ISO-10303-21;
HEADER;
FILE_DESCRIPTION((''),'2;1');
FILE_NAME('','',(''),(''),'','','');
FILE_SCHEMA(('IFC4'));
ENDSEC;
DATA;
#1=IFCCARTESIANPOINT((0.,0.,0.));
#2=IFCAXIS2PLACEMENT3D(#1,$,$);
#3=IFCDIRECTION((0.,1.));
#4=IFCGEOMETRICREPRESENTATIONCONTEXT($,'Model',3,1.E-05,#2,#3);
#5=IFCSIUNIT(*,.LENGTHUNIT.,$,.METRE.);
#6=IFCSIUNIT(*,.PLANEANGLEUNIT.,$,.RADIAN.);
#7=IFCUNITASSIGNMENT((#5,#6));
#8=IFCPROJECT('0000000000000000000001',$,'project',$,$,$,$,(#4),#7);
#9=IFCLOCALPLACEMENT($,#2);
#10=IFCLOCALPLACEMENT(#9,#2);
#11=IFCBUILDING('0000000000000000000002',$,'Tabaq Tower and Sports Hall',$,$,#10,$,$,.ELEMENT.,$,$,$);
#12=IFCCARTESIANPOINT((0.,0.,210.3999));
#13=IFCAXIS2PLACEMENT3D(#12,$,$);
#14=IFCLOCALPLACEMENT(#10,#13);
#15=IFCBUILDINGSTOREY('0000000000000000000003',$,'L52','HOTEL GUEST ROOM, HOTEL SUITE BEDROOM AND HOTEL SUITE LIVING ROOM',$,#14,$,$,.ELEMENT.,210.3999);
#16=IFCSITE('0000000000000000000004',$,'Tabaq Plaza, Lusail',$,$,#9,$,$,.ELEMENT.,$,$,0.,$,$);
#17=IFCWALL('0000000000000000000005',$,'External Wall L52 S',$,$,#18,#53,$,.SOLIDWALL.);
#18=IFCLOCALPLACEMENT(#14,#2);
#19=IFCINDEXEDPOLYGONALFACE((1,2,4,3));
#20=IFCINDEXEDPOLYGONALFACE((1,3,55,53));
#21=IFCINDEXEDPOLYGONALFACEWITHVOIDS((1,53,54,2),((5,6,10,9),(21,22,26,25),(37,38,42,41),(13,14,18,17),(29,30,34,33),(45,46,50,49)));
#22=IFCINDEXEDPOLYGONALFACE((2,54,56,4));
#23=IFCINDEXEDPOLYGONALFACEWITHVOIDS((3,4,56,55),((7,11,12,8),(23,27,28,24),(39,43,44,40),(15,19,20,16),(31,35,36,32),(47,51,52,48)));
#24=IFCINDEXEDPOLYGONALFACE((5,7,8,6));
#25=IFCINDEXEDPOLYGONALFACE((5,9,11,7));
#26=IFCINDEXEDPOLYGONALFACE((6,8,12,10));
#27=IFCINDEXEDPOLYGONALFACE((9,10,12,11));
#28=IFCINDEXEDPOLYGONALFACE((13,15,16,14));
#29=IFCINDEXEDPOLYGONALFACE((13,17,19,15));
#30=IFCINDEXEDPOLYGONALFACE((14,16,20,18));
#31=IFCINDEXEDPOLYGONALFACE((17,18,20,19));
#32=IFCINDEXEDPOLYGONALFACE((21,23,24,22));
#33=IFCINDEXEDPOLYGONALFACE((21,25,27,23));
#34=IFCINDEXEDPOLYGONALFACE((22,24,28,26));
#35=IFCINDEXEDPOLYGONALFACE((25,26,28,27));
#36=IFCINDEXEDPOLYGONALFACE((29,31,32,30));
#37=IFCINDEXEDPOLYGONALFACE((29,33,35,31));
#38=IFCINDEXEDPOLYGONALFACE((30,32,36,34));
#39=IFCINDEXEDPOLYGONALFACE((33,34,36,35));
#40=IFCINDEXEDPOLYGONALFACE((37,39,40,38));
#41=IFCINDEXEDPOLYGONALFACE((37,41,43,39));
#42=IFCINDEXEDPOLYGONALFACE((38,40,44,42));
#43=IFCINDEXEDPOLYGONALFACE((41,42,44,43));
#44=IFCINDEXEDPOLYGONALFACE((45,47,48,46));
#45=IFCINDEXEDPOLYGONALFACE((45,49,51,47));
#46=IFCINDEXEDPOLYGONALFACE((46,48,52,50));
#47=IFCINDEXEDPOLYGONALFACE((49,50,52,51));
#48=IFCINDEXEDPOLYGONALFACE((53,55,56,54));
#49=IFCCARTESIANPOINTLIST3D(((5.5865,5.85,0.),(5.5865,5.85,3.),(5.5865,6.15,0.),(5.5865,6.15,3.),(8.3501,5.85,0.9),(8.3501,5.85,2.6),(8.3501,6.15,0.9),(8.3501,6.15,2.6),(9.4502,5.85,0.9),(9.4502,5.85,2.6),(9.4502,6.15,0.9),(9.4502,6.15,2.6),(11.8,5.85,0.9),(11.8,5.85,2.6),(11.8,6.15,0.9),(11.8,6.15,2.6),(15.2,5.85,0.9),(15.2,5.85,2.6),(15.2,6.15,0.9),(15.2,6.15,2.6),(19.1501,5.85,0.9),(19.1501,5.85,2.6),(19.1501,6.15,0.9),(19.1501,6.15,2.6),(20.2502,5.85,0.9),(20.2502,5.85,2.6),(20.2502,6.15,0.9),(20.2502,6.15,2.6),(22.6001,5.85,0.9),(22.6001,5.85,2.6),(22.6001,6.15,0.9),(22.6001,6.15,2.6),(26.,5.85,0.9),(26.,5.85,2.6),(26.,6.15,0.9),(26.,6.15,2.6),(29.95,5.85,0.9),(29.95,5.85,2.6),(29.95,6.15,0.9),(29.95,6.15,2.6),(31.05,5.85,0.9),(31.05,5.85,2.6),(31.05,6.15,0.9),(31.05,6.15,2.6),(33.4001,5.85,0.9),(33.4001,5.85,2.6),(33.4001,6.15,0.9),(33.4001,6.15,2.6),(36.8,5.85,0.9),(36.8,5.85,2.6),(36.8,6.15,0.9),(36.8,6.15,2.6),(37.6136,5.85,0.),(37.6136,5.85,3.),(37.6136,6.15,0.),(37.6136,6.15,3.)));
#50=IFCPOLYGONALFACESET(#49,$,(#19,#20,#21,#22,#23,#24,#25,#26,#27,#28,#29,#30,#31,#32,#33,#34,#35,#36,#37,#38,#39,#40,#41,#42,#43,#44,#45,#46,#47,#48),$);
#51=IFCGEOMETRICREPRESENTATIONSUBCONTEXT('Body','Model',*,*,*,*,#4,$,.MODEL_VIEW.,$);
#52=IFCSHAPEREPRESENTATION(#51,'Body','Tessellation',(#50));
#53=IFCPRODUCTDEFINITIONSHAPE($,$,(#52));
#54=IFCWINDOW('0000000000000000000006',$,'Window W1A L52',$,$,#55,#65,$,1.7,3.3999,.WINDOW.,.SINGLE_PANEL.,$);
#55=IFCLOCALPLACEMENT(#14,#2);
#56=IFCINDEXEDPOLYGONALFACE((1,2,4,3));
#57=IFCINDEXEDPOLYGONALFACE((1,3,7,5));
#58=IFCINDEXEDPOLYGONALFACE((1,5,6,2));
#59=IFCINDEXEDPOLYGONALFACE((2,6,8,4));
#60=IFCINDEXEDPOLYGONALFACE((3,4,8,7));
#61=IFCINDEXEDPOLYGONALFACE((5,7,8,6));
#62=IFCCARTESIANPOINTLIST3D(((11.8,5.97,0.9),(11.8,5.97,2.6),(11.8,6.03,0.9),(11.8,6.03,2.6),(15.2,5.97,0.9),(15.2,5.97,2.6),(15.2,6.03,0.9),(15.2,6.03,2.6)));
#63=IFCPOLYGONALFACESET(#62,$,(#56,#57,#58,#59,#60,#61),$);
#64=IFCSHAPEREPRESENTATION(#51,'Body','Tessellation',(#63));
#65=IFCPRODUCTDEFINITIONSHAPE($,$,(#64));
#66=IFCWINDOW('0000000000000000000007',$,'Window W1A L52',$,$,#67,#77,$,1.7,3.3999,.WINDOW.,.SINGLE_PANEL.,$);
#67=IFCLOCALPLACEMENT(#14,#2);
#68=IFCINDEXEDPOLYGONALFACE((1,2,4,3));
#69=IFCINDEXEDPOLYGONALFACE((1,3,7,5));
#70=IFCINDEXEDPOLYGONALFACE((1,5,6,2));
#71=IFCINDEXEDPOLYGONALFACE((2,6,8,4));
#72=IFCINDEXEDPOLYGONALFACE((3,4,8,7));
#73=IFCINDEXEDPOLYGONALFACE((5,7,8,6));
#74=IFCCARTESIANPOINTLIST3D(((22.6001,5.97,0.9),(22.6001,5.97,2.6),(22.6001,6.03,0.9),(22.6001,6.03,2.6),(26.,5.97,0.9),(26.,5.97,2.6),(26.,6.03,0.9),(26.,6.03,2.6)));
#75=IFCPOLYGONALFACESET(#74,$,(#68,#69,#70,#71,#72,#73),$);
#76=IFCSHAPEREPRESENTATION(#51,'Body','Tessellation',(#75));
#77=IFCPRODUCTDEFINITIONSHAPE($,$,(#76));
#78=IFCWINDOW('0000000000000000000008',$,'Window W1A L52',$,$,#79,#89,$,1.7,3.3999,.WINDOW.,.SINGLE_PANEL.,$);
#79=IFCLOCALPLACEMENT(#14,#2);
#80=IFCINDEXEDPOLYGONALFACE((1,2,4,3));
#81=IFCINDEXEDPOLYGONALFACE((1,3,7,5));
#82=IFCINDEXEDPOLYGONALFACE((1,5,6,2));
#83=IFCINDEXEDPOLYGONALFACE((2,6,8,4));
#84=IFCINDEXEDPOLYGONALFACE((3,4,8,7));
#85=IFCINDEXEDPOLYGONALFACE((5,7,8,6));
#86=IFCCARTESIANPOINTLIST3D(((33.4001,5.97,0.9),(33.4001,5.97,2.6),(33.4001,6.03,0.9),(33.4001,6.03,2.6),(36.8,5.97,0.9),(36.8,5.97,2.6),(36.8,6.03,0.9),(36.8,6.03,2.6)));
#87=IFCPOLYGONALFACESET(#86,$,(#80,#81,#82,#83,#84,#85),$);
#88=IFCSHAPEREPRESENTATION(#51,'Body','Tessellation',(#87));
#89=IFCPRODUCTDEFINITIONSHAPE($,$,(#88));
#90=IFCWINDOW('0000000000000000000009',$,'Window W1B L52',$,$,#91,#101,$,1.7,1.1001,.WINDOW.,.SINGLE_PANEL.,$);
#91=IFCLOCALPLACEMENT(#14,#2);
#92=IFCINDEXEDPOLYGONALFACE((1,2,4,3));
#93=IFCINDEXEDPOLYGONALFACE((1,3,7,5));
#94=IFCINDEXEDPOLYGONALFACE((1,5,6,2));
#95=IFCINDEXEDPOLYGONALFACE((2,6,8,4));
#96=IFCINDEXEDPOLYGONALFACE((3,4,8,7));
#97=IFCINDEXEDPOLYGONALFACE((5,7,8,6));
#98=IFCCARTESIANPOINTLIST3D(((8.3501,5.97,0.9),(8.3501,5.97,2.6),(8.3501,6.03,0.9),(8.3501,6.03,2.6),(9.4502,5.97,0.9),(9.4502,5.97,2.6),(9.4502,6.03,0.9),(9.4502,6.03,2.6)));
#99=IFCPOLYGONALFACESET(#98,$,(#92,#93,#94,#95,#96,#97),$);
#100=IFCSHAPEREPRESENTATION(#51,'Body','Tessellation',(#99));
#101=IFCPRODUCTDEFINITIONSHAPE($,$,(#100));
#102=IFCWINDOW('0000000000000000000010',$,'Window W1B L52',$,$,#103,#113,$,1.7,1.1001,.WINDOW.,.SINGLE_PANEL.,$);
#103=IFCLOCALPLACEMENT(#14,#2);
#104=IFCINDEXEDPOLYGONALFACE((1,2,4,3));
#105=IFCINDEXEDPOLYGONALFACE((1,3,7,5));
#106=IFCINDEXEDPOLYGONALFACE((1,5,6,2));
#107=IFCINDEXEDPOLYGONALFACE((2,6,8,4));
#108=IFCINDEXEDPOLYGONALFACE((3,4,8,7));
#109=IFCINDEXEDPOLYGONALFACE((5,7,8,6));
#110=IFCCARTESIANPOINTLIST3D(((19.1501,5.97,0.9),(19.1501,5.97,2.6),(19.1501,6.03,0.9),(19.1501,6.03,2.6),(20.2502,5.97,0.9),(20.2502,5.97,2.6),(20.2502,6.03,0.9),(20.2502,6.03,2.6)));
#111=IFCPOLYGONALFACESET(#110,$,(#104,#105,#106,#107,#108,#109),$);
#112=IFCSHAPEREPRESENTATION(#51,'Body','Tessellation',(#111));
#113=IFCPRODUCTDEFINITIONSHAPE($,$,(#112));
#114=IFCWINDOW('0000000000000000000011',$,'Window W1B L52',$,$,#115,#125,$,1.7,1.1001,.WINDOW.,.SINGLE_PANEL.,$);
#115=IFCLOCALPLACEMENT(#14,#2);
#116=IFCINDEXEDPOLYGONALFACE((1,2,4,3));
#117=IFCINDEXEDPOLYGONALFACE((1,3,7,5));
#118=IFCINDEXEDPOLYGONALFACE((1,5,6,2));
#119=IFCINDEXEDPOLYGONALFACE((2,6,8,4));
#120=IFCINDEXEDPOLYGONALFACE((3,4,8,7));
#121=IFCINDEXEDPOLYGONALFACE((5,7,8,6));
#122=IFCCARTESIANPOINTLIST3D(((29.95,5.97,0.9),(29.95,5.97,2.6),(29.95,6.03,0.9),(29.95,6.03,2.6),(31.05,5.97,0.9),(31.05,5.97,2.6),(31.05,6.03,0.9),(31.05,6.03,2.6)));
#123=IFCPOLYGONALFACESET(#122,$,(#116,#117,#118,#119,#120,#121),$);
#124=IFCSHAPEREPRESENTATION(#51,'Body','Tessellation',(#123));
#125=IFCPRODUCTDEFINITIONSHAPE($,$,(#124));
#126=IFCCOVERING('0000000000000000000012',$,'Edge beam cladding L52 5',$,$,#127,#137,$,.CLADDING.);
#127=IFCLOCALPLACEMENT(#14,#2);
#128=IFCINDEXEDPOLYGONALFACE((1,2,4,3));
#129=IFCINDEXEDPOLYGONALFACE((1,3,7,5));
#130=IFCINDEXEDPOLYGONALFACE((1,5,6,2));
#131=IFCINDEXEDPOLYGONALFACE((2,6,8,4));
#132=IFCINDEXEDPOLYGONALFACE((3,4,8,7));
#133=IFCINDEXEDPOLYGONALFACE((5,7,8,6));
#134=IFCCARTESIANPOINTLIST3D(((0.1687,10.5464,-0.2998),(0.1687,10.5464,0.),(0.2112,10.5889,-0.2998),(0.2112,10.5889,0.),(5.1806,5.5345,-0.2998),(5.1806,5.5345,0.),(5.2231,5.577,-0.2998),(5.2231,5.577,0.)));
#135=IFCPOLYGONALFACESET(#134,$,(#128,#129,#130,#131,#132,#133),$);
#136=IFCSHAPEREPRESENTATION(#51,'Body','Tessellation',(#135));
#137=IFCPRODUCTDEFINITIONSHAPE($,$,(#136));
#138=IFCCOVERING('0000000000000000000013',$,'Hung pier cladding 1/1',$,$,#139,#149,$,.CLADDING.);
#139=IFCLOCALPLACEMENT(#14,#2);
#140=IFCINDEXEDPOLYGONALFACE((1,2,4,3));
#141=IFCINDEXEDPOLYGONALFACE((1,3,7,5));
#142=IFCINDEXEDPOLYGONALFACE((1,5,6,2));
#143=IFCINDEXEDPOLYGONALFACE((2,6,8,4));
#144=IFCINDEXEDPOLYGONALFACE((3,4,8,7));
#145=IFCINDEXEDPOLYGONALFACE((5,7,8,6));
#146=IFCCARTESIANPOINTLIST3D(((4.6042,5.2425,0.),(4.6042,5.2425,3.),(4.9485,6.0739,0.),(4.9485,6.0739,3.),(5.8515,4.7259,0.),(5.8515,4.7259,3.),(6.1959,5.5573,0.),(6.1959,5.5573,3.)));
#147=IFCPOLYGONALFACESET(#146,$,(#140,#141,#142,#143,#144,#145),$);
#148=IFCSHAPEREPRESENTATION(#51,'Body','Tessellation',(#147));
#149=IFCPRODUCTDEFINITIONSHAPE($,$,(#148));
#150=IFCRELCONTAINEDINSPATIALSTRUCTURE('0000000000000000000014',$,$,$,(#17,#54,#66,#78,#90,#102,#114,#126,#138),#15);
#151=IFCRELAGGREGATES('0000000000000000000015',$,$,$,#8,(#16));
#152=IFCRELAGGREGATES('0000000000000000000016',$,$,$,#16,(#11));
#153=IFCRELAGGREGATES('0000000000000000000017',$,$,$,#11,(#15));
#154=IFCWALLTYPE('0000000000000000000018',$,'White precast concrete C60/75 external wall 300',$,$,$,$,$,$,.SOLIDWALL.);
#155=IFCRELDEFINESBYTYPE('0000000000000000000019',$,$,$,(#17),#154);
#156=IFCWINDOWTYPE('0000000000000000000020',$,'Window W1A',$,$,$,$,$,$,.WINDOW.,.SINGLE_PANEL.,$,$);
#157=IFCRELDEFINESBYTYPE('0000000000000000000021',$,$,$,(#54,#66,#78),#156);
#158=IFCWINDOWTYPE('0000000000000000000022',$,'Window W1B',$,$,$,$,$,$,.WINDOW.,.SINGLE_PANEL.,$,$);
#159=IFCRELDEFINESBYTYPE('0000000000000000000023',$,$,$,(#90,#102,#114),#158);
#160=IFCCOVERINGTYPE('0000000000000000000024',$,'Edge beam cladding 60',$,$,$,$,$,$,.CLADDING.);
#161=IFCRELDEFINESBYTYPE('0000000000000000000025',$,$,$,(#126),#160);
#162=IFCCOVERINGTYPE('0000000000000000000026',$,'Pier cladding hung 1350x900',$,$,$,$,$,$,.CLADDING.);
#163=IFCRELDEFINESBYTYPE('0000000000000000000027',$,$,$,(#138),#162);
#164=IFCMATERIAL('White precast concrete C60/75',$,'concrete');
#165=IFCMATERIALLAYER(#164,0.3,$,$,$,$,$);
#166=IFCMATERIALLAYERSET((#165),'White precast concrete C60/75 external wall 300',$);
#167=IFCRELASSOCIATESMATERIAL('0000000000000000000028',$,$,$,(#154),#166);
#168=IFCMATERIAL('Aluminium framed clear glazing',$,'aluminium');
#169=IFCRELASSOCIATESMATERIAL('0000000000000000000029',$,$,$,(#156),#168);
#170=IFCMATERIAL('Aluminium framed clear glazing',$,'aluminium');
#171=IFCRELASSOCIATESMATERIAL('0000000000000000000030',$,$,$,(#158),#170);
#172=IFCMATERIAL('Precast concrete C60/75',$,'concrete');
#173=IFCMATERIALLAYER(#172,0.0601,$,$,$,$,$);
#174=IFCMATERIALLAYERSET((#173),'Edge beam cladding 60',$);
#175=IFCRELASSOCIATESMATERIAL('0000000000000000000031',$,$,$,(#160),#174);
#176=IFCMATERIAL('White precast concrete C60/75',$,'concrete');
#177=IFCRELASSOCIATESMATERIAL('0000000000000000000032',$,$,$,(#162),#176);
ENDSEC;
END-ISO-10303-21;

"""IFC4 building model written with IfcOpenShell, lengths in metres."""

from ifc_helpers import new_model, si_unit, direction, frame, frame_2d, origin, place, context, subcontext, project, spatial, rectangle, extrude, material, layer, layer_set, type_object, element, fill, save


model = new_model("IFC4")

# Units and contexts
model_context = context("Model", 3, precision=1e-05, world=origin(), true_north=direction((0.0, 1.0)))
body_context = subcontext(model_context, "Body", "Model", "MODEL_VIEW")
ifc_project = project(units=[si_unit("LENGTHUNIT", "METRE"), si_unit("PLANEANGLEUNIT", "RADIAN")], contexts=[model_context])

# Site, building, storey
site_placement = place(None, origin())
site = spatial("IfcSite", under=ifc_project, at=site_placement, Name="Tabaq Plaza, Lusail", CompositionType="ELEMENT", RefElevation=0.0)
building_placement = place(site_placement, origin())
building = spatial("IfcBuilding", under=site, at=building_placement, Name="Tabaq Tower and Sports Hall", CompositionType="ELEMENT")
storey_placement = place(building_placement, frame((0.0, 0.0, 210.3999)))
storey = spatial("IfcBuildingStorey", under=building, at=storey_placement, Name="L52", Description="HOTEL GUEST ROOM, HOTEL SUITE BEDROOM AND HOTEL SUITE LIVING ROOM", CompositionType="ELEMENT", Elevation=210.3999)

# Wall, openings, windows
ifc_material_1 = material(Name="White precast concrete C60/75", Category="concrete")
ifc_layer_1 = layer(ifc_material_1, 0.3)
ifc_layer_set_1 = layer_set([ifc_layer_1], Name="White precast concrete C60/75 external wall 300")
wall_type_1 = type_object("IfcWallType", Name="White precast concrete C60/75 external wall 300", PredefinedType="SOLIDWALL", material=ifc_layer_set_1)
wall_1_placement = place(storey_placement, frame((5.5864, 6.0, 0.0), z_axis=(0.0, 0.0, 1.0), x_axis=(1.0, 0.0, 0.0)))
wall_1 = element("IfcWall", 1, at=wall_1_placement, inside=storey, type_object=wall_type_1, Name="External Wall L52 S", PredefinedType="SOLIDWALL", context=body_context, shape_type="SweptSolid", body=[
    extrude(rectangle(XDim=32.0271, YDim=0.3, at=frame_2d((16.0137, 0.0))), origin(), (0.0, 0.0, 1.0), 3.0),
])
opening_1_placement = place(wall_1_placement, frame((2.7637, 0.0, 0.8999)))
opening_1 = element("IfcOpeningElement", 2, at=opening_1_placement, cuts=wall_1, PredefinedType="OPENING", context=body_context, shape_type="SweptSolid", body=[
    extrude(rectangle(XDim=1.1001, YDim=1.7, at=frame_2d((0.55, 0.8501))), frame((0.0, 0.1602, 0.0), z_axis=(0.0, -1.0, 0.0), x_axis=(1.0, 0.0, 0.0)), (0.0, 0.0, 1.0), 0.3201),
])
opening_2_placement = place(wall_1_placement, frame((6.2136, 0.0, 0.8999)))
opening_2 = element("IfcOpeningElement", 3, at=opening_2_placement, cuts=wall_1, PredefinedType="OPENING", context=body_context, shape_type="SweptSolid", body=[
    extrude(rectangle(XDim=3.3999, YDim=1.7, at=frame_2d((1.7, 0.8501))), frame((0.0, 0.1602, 0.0), z_axis=(0.0, -1.0, 0.0), x_axis=(1.0, 0.0, 0.0)), (0.0, 0.0, 1.0), 0.3201),
])
opening_3_placement = place(wall_1_placement, frame((13.5637, 0.0, 0.8999)))
opening_3 = element("IfcOpeningElement", 4, at=opening_3_placement, cuts=wall_1, PredefinedType="OPENING", context=body_context, shape_type="SweptSolid", body=[
    extrude(rectangle(XDim=1.1001, YDim=1.7, at=frame_2d((0.55, 0.8501))), frame((0.0, 0.1602, 0.0), z_axis=(0.0, -1.0, 0.0), x_axis=(1.0, 0.0, 0.0)), (0.0, 0.0, 1.0), 0.3201),
])
opening_4_placement = place(wall_1_placement, frame((17.0137, 0.0, 0.8999)))
opening_4 = element("IfcOpeningElement", 5, at=opening_4_placement, cuts=wall_1, PredefinedType="OPENING", context=body_context, shape_type="SweptSolid", body=[
    extrude(rectangle(XDim=3.3999, YDim=1.7, at=frame_2d((1.7, 0.8501))), frame((0.0, 0.1602, 0.0), z_axis=(0.0, -1.0, 0.0), x_axis=(1.0, 0.0, 0.0)), (0.0, 0.0, 1.0), 0.3201),
])
opening_5_placement = place(wall_1_placement, frame((24.3635, 0.0, 0.8999)))
opening_5 = element("IfcOpeningElement", 6, at=opening_5_placement, cuts=wall_1, PredefinedType="OPENING", context=body_context, shape_type="SweptSolid", body=[
    extrude(rectangle(XDim=1.1001, YDim=1.7, at=frame_2d((0.55, 0.8501))), frame((0.0, 0.1602, 0.0), z_axis=(0.0, -1.0, 0.0), x_axis=(1.0, 0.0, 0.0)), (0.0, 0.0, 1.0), 0.3201),
])
opening_6_placement = place(wall_1_placement, frame((27.8137, 0.0, 0.8999)))
opening_6 = element("IfcOpeningElement", 7, at=opening_6_placement, cuts=wall_1, PredefinedType="OPENING", context=body_context, shape_type="SweptSolid", body=[
    extrude(rectangle(XDim=3.3999, YDim=1.7, at=frame_2d((1.7, 0.8501))), frame((0.0, 0.1602, 0.0), z_axis=(0.0, -1.0, 0.0), x_axis=(1.0, 0.0, 0.0)), (0.0, 0.0, 1.0), 0.3201),
])
ifc_material_2 = material(Name="Aluminium framed clear glazing", Category="aluminium")
window_type_1 = type_object("IfcWindowType", Name="Window W1A", PartitioningType="SINGLE_PANEL", PredefinedType="WINDOW", material=ifc_material_2)
window_1_placement = place(opening_2_placement, origin())
window_1 = element("IfcWindow", 8, at=window_1_placement, inside=storey, type_object=window_type_1, Name="Window W1A L52", OverallHeight=1.7, OverallWidth=3.3999, PartitioningType="SINGLE_PANEL", PredefinedType="WINDOW", context=body_context, shape_type="SweptSolid", body=[
    extrude(rectangle(XDim=3.3999, YDim=1.7, at=frame_2d((1.7, 0.8501))), frame((0.0, 0.03, 0.0), z_axis=(0.0, -1.0, 0.0), x_axis=(1.0, 0.0, 0.0)), (0.0, 0.0, 1.0), 0.0601),
])
fill(opening_2, window_1)
window_2_placement = place(opening_4_placement, origin())
window_2 = element("IfcWindow", 9, at=window_2_placement, inside=storey, type_object=window_type_1, Name="Window W1A L52", OverallHeight=1.7, OverallWidth=3.3999, PartitioningType="SINGLE_PANEL", PredefinedType="WINDOW", context=body_context, shape_type="SweptSolid", body=[
    extrude(rectangle(XDim=3.3999, YDim=1.7, at=frame_2d((1.7, 0.8501))), frame((0.0, 0.03, 0.0), z_axis=(0.0, -1.0, 0.0), x_axis=(1.0, 0.0, 0.0)), (0.0, 0.0, 1.0), 0.0601),
])
fill(opening_4, window_2)
window_3_placement = place(opening_6_placement, origin())
window_3 = element("IfcWindow", 10, at=window_3_placement, inside=storey, type_object=window_type_1, Name="Window W1A L52", OverallHeight=1.7, OverallWidth=3.3999, PartitioningType="SINGLE_PANEL", PredefinedType="WINDOW", context=body_context, shape_type="SweptSolid", body=[
    extrude(rectangle(XDim=3.3999, YDim=1.7, at=frame_2d((1.7, 0.8501))), frame((0.0, 0.03, 0.0), z_axis=(0.0, -1.0, 0.0), x_axis=(1.0, 0.0, 0.0)), (0.0, 0.0, 1.0), 0.0601),
])
fill(opening_6, window_3)
ifc_material_3 = material(Name="Aluminium framed clear glazing", Category="aluminium")
window_type_2 = type_object("IfcWindowType", Name="Window W1B", PartitioningType="SINGLE_PANEL", PredefinedType="WINDOW", material=ifc_material_3)
window_4_placement = place(opening_1_placement, origin())
window_4 = element("IfcWindow", 11, at=window_4_placement, inside=storey, type_object=window_type_2, Name="Window W1B L52", OverallHeight=1.7, OverallWidth=1.1001, PartitioningType="SINGLE_PANEL", PredefinedType="WINDOW", context=body_context, shape_type="SweptSolid", body=[
    extrude(rectangle(XDim=1.1001, YDim=1.7, at=frame_2d((0.55, 0.8501))), frame((0.0, 0.03, 0.0), z_axis=(0.0, -1.0, 0.0), x_axis=(1.0, 0.0, 0.0)), (0.0, 0.0, 1.0), 0.0601),
])
fill(opening_1, window_4)
window_5_placement = place(opening_3_placement, origin())
window_5 = element("IfcWindow", 12, at=window_5_placement, inside=storey, type_object=window_type_2, Name="Window W1B L52", OverallHeight=1.7, OverallWidth=1.1001, PartitioningType="SINGLE_PANEL", PredefinedType="WINDOW", context=body_context, shape_type="SweptSolid", body=[
    extrude(rectangle(XDim=1.1001, YDim=1.7, at=frame_2d((0.55, 0.8501))), frame((0.0, 0.03, 0.0), z_axis=(0.0, -1.0, 0.0), x_axis=(1.0, 0.0, 0.0)), (0.0, 0.0, 1.0), 0.0601),
])
fill(opening_3, window_5)
window_6_placement = place(opening_5_placement, origin())
window_6 = element("IfcWindow", 13, at=window_6_placement, inside=storey, type_object=window_type_2, Name="Window W1B L52", OverallHeight=1.7, OverallWidth=1.1001, PartitioningType="SINGLE_PANEL", PredefinedType="WINDOW", context=body_context, shape_type="SweptSolid", body=[
    extrude(rectangle(XDim=1.1001, YDim=1.7, at=frame_2d((0.55, 0.8501))), frame((0.0, 0.03, 0.0), z_axis=(0.0, -1.0, 0.0), x_axis=(1.0, 0.0, 0.0)), (0.0, 0.0, 1.0), 0.0601),
])
fill(opening_5, window_6)

# Coverings
ifc_material_4 = material(Name="Precast concrete C60/75", Category="concrete")
ifc_layer_2 = layer(ifc_material_4, 0.0601)
ifc_layer_set_2 = layer_set([ifc_layer_2], Name="Edge beam cladding 60")
covering_type_1 = type_object("IfcCoveringType", Name="Edge beam cladding 60", PredefinedType="CLADDING", material=ifc_layer_set_2)
covering_1_placement = place(storey_placement, frame((0.1899, 10.5676, -0.2998), z_axis=(0.0, 0.0, 1.0), x_axis=(0.707107, -0.707107, 0.0)))
element("IfcCovering", 14, at=covering_1_placement, inside=storey, type_object=covering_type_1, Name="Edge beam cladding L52 5", PredefinedType="CLADDING", context=body_context, shape_type="SweptSolid", body=[
    extrude(rectangle(XDim=7.0879, YDim=0.0601, at=frame_2d((3.5439, 0.0))), origin(), (0.0, 0.0, 1.0), 0.2998),
])
ifc_material_5 = material(Name="White precast concrete C60/75", Category="concrete")
covering_type_2 = type_object("IfcCoveringType", Name="Pier cladding hung 1350x900", PredefinedType="CLADDING", material=ifc_material_5)
covering_2_placement = place(storey_placement, frame((4.7764, 5.6582, 0.0), z_axis=(0.0, 0.0, 1.0), x_axis=(0.923893, -0.38265, 0.0)))
element("IfcCovering", 15, at=covering_2_placement, inside=storey, type_object=covering_type_2, Name="Hung pier cladding 1/1", PredefinedType="CLADDING", context=body_context, shape_type="SweptSolid", body=[
    extrude(rectangle(XDim=1.3501, YDim=0.8999, at=frame_2d((0.675, 0.0))), origin(), (0.0, 0.0, 1.0), 3.0),
])

save(model, "model.ifc")
